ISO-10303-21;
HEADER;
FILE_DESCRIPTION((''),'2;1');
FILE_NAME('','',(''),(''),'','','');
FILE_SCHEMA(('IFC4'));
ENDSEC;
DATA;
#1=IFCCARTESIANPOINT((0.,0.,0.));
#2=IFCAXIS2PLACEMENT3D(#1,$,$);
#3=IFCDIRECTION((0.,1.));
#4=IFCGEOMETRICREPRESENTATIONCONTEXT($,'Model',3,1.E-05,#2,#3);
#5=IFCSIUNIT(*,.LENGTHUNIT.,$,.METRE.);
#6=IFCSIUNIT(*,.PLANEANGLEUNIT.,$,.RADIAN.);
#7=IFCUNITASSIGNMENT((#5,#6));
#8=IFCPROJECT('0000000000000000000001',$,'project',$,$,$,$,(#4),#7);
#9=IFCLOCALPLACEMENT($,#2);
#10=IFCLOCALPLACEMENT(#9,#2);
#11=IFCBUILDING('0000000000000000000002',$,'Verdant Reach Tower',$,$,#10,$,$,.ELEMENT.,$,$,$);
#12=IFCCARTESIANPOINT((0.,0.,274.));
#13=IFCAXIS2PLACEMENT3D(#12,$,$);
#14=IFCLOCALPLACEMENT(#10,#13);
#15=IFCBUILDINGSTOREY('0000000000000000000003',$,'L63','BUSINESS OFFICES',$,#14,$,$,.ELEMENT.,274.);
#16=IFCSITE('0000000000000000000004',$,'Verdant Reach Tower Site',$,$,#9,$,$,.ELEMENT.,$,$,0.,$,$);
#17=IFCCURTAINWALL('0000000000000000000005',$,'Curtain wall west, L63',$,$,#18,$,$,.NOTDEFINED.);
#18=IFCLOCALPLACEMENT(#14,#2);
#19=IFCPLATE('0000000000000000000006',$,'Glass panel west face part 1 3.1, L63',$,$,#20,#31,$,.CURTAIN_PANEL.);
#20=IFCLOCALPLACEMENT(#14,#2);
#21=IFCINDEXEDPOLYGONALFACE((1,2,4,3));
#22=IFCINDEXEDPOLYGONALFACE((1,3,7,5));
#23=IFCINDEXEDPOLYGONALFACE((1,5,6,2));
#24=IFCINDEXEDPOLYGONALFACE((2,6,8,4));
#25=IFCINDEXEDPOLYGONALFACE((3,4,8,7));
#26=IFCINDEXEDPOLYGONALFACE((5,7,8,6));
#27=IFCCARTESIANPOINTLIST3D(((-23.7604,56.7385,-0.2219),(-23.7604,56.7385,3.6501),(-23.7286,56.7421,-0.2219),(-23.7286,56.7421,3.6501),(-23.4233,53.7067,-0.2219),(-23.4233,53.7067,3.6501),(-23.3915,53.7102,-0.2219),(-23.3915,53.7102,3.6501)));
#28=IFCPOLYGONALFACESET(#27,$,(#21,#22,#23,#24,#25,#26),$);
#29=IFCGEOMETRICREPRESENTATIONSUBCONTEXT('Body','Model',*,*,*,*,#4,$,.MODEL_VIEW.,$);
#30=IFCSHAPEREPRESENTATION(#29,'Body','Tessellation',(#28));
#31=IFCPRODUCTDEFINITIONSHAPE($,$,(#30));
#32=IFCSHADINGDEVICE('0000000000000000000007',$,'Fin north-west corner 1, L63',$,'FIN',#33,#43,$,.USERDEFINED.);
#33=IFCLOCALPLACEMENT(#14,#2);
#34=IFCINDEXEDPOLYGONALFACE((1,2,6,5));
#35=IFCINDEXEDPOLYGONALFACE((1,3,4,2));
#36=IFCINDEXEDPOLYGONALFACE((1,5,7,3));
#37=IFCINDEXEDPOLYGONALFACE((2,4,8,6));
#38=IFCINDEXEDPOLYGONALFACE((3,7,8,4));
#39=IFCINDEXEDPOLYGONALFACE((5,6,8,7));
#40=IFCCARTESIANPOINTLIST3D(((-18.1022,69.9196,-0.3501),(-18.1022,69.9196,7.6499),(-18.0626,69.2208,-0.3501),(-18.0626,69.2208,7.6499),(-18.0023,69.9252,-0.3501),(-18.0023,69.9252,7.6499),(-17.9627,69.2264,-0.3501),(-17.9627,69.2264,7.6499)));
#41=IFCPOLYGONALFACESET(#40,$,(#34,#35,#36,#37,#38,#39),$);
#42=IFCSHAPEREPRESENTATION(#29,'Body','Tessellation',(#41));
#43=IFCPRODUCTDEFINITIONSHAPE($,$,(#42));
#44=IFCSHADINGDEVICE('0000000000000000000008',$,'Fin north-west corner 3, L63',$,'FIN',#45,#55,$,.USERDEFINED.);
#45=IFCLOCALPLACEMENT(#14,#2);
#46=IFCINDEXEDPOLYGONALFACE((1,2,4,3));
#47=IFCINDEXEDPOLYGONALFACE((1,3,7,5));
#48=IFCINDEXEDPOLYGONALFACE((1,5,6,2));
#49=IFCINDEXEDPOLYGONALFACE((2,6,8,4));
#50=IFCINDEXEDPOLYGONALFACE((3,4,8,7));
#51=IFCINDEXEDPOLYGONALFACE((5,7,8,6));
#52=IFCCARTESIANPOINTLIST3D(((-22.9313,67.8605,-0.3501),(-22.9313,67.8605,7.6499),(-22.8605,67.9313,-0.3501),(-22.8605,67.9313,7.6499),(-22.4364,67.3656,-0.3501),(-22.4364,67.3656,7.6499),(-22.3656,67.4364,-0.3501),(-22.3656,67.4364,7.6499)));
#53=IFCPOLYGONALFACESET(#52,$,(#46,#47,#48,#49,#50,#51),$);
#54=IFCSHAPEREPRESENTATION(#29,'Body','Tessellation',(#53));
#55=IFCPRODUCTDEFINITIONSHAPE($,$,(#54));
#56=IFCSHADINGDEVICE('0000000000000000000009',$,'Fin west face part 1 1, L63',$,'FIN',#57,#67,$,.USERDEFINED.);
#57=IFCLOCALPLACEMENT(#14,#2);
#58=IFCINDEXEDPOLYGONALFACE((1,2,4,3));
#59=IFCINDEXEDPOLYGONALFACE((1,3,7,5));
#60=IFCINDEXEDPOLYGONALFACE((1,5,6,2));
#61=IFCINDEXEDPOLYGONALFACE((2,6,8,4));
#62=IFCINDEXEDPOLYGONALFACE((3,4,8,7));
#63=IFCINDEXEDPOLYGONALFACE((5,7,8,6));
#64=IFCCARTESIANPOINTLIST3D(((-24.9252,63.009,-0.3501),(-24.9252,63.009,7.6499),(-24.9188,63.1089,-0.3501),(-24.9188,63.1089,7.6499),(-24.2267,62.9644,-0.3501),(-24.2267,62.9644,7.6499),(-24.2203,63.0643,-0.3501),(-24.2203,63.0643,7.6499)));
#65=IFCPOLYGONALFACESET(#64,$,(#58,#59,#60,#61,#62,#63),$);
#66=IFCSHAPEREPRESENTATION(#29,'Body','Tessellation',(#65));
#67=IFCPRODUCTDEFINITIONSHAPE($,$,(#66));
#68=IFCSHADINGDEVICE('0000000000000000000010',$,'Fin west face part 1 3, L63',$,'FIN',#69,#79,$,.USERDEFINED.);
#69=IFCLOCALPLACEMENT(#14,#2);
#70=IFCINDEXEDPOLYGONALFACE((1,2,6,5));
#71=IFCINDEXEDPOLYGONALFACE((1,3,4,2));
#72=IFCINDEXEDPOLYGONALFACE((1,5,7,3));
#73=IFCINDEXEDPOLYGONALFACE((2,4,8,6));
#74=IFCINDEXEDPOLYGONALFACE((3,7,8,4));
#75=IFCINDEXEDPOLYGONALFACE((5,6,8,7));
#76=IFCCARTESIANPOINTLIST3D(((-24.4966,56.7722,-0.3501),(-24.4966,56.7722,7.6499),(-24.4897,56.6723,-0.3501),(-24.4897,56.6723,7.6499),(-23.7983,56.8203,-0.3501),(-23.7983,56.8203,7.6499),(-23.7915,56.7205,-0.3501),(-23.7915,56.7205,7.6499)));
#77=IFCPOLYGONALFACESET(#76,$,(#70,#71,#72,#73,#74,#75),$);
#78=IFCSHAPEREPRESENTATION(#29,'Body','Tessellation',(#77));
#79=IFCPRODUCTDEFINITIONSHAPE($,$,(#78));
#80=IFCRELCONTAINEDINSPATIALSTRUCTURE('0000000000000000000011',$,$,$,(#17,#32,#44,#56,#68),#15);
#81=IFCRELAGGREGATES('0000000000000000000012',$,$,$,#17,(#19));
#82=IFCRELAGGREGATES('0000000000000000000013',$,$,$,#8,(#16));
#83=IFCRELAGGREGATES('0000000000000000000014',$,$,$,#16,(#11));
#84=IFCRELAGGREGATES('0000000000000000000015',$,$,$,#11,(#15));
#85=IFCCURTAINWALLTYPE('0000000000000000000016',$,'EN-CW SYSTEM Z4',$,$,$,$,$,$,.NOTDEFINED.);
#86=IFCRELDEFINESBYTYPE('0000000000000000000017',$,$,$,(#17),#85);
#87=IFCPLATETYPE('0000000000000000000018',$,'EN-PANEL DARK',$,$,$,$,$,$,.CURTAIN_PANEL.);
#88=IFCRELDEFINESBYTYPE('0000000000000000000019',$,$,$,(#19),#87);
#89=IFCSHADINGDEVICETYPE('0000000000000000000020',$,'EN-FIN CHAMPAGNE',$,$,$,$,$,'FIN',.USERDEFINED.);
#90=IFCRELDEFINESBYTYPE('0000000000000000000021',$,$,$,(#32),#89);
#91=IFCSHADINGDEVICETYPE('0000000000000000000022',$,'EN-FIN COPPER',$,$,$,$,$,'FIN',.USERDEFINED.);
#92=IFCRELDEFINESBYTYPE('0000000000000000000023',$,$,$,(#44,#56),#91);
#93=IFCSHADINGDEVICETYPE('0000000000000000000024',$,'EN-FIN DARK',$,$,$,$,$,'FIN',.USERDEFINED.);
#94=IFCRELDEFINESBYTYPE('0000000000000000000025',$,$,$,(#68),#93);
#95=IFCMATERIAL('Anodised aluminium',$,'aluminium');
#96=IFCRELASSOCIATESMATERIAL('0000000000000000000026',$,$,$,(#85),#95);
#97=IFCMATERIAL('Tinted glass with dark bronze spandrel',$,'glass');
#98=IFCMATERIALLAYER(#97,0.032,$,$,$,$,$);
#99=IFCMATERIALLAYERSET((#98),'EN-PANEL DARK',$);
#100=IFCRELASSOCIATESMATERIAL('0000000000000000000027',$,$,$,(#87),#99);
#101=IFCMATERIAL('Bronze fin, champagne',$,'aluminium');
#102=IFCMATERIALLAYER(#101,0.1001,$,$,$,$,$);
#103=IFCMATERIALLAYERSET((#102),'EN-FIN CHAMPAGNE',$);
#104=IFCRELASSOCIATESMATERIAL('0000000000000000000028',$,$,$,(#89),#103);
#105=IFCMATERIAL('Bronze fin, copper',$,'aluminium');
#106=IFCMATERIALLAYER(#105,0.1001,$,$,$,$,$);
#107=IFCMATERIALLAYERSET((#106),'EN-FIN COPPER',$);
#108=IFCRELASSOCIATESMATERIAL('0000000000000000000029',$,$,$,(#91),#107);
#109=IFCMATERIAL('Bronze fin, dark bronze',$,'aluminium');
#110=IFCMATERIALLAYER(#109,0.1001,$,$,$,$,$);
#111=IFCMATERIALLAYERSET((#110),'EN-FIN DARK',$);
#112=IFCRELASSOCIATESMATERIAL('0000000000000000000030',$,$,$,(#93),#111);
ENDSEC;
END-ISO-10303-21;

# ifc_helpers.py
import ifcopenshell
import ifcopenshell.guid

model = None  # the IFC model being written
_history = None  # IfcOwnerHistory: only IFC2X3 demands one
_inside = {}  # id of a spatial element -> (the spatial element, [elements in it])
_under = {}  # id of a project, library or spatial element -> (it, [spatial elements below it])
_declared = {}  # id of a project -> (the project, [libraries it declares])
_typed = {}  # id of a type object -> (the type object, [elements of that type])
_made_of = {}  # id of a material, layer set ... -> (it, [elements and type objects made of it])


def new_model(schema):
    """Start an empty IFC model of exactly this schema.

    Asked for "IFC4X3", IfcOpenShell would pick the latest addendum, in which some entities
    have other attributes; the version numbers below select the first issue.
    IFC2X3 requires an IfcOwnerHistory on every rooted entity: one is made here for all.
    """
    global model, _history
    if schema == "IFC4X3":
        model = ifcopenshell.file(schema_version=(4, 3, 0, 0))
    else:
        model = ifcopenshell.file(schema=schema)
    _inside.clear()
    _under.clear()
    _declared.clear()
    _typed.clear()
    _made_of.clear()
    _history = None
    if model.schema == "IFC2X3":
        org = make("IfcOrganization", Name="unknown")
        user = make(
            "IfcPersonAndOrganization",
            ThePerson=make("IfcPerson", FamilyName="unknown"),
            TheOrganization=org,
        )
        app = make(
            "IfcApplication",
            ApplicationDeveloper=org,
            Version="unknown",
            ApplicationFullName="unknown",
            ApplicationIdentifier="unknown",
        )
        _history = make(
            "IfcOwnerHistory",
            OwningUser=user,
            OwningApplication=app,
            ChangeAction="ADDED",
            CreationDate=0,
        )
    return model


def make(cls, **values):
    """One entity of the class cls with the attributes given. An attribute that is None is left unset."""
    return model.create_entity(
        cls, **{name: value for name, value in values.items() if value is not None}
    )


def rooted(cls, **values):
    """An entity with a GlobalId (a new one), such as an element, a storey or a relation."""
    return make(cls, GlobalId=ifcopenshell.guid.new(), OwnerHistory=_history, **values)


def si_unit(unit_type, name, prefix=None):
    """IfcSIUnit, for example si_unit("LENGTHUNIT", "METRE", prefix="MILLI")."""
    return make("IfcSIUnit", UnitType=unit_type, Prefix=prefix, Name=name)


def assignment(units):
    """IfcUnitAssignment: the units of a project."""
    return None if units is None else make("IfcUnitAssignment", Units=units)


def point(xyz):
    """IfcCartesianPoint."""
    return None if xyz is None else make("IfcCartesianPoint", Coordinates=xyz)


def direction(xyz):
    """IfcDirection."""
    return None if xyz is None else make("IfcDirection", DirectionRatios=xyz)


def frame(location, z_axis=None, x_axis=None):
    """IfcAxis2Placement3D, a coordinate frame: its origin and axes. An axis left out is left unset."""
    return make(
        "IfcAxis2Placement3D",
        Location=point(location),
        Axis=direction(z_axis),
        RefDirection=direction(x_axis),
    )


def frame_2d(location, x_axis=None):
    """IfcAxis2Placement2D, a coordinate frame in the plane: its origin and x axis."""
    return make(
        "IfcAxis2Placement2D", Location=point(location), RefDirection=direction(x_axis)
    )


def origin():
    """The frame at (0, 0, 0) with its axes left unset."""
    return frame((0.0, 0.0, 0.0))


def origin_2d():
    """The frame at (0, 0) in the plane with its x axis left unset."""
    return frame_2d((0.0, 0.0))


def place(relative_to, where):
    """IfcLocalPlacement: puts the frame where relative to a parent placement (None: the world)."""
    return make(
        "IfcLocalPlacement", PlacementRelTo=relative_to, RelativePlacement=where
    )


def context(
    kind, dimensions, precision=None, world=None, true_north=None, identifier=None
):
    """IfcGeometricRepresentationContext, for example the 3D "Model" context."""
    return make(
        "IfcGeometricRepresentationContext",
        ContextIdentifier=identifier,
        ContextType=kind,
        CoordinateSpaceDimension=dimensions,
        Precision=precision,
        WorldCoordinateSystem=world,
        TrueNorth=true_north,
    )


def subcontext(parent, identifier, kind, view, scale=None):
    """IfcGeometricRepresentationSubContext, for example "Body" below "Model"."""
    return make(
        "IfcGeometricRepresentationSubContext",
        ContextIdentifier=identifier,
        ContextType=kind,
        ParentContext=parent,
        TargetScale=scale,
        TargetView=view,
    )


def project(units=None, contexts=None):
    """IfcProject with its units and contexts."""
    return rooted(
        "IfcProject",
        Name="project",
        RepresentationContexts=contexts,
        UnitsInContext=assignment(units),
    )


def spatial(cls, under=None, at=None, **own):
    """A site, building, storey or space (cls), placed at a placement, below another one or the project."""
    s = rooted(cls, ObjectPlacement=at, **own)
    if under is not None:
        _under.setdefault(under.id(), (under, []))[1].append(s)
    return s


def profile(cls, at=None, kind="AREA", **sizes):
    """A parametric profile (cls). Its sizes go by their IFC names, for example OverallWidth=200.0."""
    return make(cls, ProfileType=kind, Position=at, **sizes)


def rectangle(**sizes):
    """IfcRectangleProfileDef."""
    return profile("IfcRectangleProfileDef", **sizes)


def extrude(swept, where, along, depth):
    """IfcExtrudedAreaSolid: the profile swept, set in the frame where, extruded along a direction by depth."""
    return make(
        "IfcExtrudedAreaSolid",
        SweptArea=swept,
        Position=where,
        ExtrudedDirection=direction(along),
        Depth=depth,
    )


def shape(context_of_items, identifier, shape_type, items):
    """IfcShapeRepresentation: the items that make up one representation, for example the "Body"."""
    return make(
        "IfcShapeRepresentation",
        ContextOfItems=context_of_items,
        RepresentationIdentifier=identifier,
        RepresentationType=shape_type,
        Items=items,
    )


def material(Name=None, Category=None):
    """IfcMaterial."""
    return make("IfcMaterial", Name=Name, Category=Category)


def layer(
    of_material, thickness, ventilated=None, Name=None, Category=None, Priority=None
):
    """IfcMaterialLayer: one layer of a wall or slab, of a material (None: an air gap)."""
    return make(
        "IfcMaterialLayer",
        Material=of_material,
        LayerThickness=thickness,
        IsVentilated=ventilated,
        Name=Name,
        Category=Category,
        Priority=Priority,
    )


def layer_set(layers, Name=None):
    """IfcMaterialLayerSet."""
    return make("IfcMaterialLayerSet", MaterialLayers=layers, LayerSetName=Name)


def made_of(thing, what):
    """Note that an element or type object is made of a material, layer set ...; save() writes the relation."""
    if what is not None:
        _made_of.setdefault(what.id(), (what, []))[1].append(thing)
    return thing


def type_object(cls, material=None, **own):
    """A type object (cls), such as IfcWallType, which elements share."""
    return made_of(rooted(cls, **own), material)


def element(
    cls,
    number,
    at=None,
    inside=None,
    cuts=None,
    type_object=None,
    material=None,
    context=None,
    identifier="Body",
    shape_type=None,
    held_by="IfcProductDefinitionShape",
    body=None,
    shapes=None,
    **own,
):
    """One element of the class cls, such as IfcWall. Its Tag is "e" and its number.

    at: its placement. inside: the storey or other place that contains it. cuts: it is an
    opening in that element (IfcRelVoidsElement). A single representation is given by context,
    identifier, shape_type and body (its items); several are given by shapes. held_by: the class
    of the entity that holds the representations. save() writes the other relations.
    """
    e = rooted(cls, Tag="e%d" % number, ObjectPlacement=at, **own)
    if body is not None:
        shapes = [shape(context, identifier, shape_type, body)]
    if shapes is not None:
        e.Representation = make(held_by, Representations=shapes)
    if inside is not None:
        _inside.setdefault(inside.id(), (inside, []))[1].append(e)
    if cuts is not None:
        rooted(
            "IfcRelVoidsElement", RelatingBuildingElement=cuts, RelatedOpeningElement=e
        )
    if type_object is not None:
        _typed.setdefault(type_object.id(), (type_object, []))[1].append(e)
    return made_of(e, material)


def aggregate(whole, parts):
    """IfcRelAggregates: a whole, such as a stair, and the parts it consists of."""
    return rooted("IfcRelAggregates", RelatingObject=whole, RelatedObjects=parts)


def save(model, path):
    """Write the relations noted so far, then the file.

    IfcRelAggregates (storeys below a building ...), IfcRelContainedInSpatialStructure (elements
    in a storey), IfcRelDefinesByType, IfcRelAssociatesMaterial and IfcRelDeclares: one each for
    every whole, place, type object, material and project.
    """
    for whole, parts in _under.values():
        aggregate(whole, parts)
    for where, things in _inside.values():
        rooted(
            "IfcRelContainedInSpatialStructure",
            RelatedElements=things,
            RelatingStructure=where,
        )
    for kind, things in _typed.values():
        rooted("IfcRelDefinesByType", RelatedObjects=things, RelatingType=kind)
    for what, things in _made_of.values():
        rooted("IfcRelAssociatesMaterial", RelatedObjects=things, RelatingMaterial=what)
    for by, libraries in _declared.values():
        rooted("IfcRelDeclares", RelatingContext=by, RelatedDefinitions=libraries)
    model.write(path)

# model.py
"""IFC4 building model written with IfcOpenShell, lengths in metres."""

from ifc_helpers import new_model, si_unit, direction, frame, origin, origin_2d, place, context, subcontext, project, spatial, rectangle, extrude, material, layer, layer_set, type_object, element, aggregate, save


model = new_model("IFC4")

# Units and contexts
model_context = context("Model", 3, precision=1e-05, world=origin(), true_north=direction((0.0, 1.0)))
body_context = subcontext(model_context, "Body", "Model", "MODEL_VIEW")
ifc_project = project(units=[si_unit("LENGTHUNIT", "METRE"), si_unit("PLANEANGLEUNIT", "RADIAN")], contexts=[model_context])

# Site, building, storey
site_placement = place(None, origin())
site = spatial("IfcSite", under=ifc_project, at=site_placement, Name="Verdant Reach Tower Site", CompositionType="ELEMENT", RefElevation=0.0)
building_placement = place(site_placement, origin())
building = spatial("IfcBuilding", under=site, at=building_placement, Name="Verdant Reach Tower", CompositionType="ELEMENT")
storey_placement = place(building_placement, frame((0.0, 0.0, 274.0)))
storey = spatial("IfcBuildingStorey", under=building, at=storey_placement, Name="L63", Description="BUSINESS OFFICES", CompositionType="ELEMENT", Elevation=274.0)

# Curtain wall
ifc_material_1 = material(Name="Anodised aluminium", Category="aluminium")
curtain_wall_type = type_object("IfcCurtainWallType", Name="EN-CW SYSTEM Z4", PredefinedType="NOTDEFINED", material=ifc_material_1)
curtain_wall_1_placement = place(storey_placement, origin())
curtain_wall_1 = element("IfcCurtainWall", 1, at=curtain_wall_1_placement, inside=storey, type_object=curtain_wall_type, Name="Curtain wall west, L63", PredefinedType="NOTDEFINED")

# Shared definitions
ifc_material_2 = material(Name="Tinted glass with dark bronze spandrel", Category="glass")
ifc_layer_1 = layer(ifc_material_2, 0.032)
ifc_layer_set_1 = layer_set([ifc_layer_1], Name="EN-PANEL DARK")
plate_type_1 = type_object("IfcPlateType", Name="EN-PANEL DARK", PredefinedType="CURTAIN_PANEL", material=ifc_layer_set_1)

# Plate
plate_1_placement = place(storey_placement, frame((-23.5759, 55.2244, -0.2219), z_axis=(0.0, 0.0, 1.0), x_axis=(0.110518, -0.993874, 0.0)))
plate_1 = element("IfcPlate", 2, at=plate_1_placement, type_object=plate_type_1, Name="Glass panel west face part 1 3.1, L63", PredefinedType="CURTAIN_PANEL", context=body_context, shape_type="SweptSolid", body=[
    extrude(rectangle(XDim=3.0505, YDim=0.032, at=origin_2d()), origin(), (0.0, 0.0, 1.0), 3.8721),
])
aggregate(curtain_wall_1, [plate_1])

# Shading devices
ifc_material_3 = material(Name="Bronze fin, champagne", Category="aluminium")
ifc_layer_2 = layer(ifc_material_3, 0.1001)
ifc_layer_set_2 = layer_set([ifc_layer_2], Name="EN-FIN CHAMPAGNE")
shading_device_type_1 = type_object("IfcShadingDeviceType", Name="EN-FIN CHAMPAGNE", ElementType="FIN", PredefinedType="USERDEFINED", material=ifc_layer_set_2)
shading_device_1_placement = place(storey_placement, frame((-18.0325, 69.573, -0.3501), z_axis=(0.0, 0.0, 1.0), x_axis=(-0.998399, -0.056569, 0.0)))
element("IfcShadingDevice", 3, at=shading_device_1_placement, inside=storey, type_object=shading_device_type_1, Name="Fin north-west corner 1, L63", ObjectType="FIN", PredefinedType="USERDEFINED", context=body_context, shape_type="SweptSolid", body=[
    extrude(rectangle(XDim=0.1001, YDim=0.7, at=origin_2d()), origin(), (0.0, 0.0, 1.0), 8.0),
])
ifc_material_4 = material(Name="Bronze fin, copper", Category="aluminium")
ifc_layer_3 = layer(ifc_material_4, 0.1001)
ifc_layer_set_3 = layer_set([ifc_layer_3], Name="EN-FIN COPPER")
shading_device_type_2 = type_object("IfcShadingDeviceType", Name="EN-FIN COPPER", ElementType="FIN", PredefinedType="USERDEFINED", material=ifc_layer_set_3)
for number, where, z_axis, x_axis, name in (
    (4, (-22.6484, 67.6484, -0.3501), (0.0, 0.0, 1.0), (-0.707107, -0.707107, 0.0), "Fin north-west corner 3, L63"),
    (5, (-24.5728, 63.0366, -0.3501), (0.0, 0.0, 1.0), (-0.063699, -0.997969, 0.0), "Fin west face part 1 1, L63"),
):
    element("IfcShadingDevice", number, at=place(storey_placement, frame(where, z_axis=z_axis, x_axis=x_axis)), inside=storey, type_object=shading_device_type_2, Name=name, ObjectType="FIN", PredefinedType="USERDEFINED", context=body_context, shape_type="SweptSolid", body=[
        extrude(rectangle(XDim=0.1001, YDim=0.7, at=origin_2d()), origin(), (0.0, 0.0, 1.0), 8.0),
    ])
ifc_material_5 = material(Name="Bronze fin, dark bronze", Category="aluminium")
ifc_layer_4 = layer(ifc_material_5, 0.1001)
ifc_layer_set_4 = layer_set([ifc_layer_4], Name="EN-FIN DARK")
shading_device_type_3 = type_object("IfcShadingDeviceType", Name="EN-FIN DARK", ElementType="FIN", PredefinedType="USERDEFINED", material=ifc_layer_set_4)
shading_device_2_placement = place(storey_placement, frame((-24.144, 56.7463, -0.3501), z_axis=(0.0, 0.0, 1.0), x_axis=(0.068802, -0.99763, 0.0)))
element("IfcShadingDevice", 6, at=shading_device_2_placement, inside=storey, type_object=shading_device_type_3, Name="Fin west face part 1 3, L63", ObjectType="FIN", PredefinedType="USERDEFINED", context=body_context, shape_type="SweptSolid", body=[
    extrude(rectangle(XDim=0.1001, YDim=0.7, at=origin_2d()), origin(), (0.0, 0.0, 1.0), 8.0),
])

save(model, "model.ifc")
